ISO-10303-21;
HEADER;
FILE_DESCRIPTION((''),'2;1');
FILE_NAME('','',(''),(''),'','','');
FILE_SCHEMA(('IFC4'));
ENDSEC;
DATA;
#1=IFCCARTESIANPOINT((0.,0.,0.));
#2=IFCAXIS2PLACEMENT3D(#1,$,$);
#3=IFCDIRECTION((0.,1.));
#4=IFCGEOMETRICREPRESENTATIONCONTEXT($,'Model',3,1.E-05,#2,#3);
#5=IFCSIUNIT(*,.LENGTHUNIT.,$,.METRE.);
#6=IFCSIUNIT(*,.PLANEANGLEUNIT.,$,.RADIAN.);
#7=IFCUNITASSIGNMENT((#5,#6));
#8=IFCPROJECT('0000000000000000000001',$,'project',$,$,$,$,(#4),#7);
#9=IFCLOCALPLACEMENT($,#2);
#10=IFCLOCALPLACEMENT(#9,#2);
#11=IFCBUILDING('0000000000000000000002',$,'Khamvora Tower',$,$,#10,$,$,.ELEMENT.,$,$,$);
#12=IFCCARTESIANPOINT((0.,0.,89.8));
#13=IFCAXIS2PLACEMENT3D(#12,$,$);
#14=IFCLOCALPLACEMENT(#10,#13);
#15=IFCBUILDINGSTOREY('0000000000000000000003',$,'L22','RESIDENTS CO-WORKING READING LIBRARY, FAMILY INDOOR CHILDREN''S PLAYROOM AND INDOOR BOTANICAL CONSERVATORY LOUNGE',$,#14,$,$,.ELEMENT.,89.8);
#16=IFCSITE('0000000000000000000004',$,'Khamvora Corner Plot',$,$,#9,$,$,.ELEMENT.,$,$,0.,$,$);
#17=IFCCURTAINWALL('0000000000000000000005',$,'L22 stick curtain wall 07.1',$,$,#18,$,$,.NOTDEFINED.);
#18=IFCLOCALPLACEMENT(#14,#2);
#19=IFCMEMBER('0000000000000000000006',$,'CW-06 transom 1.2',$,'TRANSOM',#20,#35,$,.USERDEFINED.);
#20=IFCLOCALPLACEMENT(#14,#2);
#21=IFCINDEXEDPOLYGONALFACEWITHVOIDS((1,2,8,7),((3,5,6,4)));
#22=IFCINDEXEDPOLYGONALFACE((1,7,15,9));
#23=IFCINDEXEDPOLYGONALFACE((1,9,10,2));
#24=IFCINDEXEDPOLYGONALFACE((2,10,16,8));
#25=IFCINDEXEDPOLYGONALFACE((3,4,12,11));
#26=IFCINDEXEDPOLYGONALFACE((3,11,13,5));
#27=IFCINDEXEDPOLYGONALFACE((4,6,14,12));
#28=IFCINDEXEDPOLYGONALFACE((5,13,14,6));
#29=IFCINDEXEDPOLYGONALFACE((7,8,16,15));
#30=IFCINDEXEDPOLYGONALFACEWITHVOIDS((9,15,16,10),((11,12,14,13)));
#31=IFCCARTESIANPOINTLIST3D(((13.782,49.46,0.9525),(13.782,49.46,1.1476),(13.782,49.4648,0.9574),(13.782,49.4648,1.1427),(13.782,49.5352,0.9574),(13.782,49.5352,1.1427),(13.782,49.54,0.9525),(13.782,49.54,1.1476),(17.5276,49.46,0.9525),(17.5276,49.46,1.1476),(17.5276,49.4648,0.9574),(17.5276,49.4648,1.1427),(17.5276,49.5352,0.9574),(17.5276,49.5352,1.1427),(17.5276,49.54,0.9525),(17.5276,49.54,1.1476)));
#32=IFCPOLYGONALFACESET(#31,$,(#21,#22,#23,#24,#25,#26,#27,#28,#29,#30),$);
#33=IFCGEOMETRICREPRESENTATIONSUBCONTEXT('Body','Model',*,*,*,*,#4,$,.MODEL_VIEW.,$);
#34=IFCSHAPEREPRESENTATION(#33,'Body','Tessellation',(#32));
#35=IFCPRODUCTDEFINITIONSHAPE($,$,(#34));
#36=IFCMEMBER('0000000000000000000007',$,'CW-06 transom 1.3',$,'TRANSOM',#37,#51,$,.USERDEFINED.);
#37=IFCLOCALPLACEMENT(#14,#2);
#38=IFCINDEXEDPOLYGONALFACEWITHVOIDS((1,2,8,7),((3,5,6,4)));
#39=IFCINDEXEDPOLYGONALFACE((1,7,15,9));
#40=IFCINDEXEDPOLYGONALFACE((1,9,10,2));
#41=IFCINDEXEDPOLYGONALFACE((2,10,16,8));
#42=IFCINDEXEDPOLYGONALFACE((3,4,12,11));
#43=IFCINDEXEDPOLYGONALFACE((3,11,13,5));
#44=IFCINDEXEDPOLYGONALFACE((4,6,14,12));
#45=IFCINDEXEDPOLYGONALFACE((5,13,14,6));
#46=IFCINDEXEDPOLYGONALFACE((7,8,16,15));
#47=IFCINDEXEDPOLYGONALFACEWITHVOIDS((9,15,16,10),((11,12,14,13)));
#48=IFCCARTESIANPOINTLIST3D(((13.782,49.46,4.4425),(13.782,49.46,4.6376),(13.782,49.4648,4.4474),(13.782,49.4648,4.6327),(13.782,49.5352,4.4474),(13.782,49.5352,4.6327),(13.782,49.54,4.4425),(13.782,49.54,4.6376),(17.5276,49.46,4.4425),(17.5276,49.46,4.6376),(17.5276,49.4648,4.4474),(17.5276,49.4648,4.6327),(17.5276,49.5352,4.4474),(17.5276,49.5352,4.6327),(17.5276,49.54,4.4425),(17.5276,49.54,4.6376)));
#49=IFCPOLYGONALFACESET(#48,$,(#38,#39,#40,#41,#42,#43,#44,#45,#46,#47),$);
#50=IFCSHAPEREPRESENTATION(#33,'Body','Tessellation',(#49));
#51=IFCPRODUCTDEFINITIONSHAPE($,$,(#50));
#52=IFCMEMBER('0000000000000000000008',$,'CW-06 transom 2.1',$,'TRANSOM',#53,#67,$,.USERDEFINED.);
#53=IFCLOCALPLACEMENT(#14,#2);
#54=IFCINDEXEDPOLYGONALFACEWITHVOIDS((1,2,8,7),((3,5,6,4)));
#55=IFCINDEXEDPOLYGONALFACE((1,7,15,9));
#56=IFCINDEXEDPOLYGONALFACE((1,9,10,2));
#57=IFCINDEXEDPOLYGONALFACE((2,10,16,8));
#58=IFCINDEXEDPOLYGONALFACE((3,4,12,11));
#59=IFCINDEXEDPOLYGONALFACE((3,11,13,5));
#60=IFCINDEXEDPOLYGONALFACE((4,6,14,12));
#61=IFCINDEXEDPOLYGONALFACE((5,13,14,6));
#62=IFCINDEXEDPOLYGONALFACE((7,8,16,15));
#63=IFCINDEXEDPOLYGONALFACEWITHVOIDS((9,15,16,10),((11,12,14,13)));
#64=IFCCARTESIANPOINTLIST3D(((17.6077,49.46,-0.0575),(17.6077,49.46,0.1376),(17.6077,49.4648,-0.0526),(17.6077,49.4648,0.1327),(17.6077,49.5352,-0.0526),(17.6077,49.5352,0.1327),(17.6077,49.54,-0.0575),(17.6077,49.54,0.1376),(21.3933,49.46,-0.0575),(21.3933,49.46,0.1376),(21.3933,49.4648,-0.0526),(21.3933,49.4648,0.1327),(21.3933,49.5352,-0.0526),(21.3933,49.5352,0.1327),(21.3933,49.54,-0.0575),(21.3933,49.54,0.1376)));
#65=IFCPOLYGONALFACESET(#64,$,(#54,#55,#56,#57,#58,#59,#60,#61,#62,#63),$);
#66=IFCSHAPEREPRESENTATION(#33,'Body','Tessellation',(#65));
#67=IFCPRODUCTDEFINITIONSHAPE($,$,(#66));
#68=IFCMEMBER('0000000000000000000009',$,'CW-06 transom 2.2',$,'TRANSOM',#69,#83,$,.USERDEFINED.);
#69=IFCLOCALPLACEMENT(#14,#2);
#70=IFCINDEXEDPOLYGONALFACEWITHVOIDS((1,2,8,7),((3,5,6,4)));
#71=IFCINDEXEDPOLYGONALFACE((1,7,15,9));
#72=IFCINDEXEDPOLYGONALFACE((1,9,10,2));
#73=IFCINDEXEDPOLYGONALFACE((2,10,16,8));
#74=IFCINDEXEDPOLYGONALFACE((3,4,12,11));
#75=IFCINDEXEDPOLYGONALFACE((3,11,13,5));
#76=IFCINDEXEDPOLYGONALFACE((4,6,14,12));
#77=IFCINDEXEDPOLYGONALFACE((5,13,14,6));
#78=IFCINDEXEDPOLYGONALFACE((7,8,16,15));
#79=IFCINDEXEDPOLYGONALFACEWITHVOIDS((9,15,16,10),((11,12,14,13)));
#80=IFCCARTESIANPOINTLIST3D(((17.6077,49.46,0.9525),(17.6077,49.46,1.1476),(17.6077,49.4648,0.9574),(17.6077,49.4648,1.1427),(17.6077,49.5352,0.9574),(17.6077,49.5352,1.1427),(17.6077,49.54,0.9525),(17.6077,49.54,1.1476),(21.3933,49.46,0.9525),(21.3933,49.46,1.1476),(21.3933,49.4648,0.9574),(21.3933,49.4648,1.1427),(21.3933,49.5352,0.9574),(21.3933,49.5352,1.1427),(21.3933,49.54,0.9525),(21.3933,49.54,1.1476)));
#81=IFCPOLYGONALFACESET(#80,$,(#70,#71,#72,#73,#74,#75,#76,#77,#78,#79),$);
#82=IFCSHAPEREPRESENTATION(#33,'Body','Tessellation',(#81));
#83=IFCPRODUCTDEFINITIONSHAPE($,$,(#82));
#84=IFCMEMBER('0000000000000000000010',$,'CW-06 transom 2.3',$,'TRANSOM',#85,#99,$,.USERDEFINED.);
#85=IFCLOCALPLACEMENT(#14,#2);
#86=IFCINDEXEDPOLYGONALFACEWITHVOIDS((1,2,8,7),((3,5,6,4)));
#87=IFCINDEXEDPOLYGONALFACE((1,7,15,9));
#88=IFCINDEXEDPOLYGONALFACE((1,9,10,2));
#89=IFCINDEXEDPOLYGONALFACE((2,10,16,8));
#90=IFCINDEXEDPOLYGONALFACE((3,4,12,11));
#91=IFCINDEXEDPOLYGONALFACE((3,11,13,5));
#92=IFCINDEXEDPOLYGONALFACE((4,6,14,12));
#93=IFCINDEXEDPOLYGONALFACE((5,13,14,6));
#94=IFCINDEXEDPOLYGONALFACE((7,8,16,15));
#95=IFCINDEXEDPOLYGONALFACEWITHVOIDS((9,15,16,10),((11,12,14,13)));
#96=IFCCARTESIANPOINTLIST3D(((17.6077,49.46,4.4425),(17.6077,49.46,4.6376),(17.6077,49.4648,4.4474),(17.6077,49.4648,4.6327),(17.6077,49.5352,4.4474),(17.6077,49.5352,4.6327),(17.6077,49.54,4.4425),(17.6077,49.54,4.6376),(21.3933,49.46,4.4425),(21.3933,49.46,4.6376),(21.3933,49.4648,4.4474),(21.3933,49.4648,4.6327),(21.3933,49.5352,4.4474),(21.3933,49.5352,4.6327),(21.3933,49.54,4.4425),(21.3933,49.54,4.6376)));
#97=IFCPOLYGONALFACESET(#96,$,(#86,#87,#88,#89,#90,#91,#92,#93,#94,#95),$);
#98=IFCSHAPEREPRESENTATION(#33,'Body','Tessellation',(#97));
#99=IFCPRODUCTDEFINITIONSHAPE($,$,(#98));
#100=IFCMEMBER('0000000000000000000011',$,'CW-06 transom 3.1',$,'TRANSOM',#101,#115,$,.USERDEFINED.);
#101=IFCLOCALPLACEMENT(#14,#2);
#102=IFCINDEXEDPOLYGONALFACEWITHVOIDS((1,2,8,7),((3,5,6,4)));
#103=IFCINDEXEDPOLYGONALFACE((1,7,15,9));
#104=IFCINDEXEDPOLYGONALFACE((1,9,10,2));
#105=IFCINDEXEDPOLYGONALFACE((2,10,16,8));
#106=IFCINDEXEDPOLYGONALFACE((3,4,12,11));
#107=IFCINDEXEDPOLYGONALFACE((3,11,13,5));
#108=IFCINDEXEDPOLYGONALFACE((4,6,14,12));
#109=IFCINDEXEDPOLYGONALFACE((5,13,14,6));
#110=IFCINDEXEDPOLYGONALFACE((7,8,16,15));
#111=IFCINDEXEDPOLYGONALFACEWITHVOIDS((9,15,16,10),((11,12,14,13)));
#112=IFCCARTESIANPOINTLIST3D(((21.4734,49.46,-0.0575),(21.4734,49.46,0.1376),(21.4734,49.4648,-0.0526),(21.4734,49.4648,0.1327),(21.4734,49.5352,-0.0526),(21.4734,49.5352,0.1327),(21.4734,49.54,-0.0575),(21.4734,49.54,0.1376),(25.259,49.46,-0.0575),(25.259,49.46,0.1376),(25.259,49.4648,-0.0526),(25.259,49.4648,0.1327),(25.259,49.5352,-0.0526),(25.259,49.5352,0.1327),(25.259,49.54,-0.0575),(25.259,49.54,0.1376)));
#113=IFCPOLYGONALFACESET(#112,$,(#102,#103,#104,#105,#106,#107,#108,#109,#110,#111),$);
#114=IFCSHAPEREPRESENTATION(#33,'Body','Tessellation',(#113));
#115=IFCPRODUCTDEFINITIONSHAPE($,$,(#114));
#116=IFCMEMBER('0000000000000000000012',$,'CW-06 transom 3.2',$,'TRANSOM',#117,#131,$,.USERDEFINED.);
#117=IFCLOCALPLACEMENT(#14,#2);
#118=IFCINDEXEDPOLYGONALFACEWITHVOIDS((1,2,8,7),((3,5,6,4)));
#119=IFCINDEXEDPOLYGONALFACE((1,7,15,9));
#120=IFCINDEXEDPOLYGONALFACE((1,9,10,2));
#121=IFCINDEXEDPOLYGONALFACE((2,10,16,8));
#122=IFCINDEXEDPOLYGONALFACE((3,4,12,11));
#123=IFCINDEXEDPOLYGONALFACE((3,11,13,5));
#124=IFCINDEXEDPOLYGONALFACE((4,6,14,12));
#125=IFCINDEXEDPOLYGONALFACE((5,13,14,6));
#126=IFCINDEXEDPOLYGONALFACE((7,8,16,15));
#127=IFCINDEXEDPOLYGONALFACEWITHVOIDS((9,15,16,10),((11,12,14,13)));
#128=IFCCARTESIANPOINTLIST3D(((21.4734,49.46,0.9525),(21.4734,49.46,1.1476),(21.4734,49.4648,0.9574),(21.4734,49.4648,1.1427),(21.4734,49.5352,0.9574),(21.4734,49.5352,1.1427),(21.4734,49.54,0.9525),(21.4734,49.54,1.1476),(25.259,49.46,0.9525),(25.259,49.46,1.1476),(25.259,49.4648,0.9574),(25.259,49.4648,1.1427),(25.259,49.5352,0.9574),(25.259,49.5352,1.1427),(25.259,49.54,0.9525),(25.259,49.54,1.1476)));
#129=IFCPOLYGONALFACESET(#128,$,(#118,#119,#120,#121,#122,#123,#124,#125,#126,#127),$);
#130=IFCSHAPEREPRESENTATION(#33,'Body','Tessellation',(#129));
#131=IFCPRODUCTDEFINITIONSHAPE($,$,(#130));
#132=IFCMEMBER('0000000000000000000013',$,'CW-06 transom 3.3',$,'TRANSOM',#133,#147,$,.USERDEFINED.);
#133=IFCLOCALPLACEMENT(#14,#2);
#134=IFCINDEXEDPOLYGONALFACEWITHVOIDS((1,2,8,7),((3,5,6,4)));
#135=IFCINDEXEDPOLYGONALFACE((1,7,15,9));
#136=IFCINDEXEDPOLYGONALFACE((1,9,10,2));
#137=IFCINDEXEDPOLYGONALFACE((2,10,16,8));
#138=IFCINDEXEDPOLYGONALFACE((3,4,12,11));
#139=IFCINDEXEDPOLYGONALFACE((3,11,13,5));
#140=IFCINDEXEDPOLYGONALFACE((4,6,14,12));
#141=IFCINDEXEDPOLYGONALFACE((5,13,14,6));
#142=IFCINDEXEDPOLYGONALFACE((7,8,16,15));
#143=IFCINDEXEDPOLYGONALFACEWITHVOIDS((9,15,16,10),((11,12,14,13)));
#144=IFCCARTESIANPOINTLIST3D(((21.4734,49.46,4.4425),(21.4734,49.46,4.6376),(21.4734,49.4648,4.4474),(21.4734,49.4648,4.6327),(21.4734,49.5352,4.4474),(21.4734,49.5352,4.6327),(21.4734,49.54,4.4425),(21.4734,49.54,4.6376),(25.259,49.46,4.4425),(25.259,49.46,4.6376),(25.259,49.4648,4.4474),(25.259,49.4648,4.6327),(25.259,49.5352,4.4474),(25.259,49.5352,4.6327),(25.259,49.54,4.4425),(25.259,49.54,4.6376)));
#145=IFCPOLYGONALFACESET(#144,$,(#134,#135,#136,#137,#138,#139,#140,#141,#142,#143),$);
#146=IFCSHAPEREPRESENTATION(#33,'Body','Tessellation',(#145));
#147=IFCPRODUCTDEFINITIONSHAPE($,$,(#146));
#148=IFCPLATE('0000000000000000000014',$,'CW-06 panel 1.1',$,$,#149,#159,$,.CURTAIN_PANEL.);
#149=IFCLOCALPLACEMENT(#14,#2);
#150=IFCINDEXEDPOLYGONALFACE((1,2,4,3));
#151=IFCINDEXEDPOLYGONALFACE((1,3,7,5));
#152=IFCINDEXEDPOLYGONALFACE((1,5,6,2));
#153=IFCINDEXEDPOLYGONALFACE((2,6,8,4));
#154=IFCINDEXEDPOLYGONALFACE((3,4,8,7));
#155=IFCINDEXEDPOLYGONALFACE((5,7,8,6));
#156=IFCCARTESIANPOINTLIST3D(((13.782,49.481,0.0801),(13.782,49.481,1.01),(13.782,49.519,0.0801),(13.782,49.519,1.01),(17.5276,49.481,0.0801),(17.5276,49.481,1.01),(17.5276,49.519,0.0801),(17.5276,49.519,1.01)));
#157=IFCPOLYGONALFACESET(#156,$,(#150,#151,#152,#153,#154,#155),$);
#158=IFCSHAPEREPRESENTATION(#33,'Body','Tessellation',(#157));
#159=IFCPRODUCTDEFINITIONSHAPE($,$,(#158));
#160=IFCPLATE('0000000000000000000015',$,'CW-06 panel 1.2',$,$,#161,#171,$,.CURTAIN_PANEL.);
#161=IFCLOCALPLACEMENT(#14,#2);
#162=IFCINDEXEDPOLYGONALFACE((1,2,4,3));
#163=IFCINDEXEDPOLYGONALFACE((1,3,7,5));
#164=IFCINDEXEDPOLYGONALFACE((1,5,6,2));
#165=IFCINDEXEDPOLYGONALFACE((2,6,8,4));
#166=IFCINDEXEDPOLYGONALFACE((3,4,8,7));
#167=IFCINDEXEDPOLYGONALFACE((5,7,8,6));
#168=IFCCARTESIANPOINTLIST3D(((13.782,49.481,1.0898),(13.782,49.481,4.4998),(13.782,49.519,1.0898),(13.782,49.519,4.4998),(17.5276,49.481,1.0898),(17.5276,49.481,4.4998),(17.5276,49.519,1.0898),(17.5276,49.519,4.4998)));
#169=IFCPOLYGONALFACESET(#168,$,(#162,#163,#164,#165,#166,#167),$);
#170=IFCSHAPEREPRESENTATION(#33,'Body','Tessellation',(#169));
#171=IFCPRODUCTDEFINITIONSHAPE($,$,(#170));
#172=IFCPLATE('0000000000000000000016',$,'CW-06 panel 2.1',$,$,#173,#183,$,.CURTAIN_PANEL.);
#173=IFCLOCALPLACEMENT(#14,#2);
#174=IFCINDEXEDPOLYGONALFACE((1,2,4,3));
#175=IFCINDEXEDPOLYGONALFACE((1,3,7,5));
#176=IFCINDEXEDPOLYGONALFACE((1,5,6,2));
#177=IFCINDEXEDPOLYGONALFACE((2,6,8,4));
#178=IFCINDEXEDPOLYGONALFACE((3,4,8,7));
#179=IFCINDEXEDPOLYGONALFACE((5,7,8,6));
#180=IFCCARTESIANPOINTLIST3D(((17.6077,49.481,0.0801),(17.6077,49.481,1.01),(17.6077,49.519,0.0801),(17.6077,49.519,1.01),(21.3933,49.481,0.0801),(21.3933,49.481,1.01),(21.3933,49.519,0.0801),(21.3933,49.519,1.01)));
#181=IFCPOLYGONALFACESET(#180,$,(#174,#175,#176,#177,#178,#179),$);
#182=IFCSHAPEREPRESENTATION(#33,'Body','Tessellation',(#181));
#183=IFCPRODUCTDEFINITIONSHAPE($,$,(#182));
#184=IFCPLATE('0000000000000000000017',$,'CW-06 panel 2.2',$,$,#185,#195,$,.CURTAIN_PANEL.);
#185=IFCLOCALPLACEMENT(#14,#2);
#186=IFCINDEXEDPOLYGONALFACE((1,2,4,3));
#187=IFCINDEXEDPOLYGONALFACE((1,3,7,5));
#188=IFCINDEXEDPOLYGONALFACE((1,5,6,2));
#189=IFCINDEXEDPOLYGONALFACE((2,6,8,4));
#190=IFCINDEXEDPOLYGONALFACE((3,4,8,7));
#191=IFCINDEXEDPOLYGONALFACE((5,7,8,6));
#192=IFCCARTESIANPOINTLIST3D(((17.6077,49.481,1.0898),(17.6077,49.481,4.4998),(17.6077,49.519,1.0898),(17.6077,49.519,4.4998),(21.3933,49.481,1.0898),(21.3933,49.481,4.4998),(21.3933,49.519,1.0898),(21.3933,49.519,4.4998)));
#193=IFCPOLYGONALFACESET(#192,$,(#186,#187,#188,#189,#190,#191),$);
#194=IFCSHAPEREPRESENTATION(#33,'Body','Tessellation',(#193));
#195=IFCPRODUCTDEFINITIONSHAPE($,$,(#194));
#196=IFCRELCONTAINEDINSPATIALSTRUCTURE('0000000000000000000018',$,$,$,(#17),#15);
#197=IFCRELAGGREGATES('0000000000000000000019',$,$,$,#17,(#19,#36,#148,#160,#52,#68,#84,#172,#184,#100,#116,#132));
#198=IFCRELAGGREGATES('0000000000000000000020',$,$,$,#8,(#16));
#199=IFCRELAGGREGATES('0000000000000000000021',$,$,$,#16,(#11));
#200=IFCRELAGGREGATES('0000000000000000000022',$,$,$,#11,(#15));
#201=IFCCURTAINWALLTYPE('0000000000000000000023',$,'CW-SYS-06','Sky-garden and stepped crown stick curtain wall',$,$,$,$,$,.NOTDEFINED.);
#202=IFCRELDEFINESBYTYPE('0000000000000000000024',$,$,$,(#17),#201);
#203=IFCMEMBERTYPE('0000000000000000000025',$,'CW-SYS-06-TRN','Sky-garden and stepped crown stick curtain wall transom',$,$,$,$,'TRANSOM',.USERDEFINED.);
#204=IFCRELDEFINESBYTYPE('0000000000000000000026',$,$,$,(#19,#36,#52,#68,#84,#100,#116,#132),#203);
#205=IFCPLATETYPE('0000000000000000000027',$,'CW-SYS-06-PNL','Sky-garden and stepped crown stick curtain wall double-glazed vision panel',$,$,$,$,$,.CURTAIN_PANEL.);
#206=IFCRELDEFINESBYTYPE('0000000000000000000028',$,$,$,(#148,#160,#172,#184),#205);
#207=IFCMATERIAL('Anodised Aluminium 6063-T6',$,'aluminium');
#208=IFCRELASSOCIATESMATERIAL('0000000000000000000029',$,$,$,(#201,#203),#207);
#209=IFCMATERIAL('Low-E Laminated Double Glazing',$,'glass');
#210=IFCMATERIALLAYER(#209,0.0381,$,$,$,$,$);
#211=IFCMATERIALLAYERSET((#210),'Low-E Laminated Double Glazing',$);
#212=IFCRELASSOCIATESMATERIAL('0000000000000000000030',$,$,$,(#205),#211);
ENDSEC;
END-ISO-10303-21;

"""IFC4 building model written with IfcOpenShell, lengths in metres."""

from ifc_helpers import new_model, si_unit, direction, frame, origin, origin_2d, place, context, subcontext, project, spatial, rectangle, hollow_rectangle, extrude, material, layer, layer_set, material_profile, profile_set, type_object, element, aggregate, save


model = new_model("IFC4")

# Units and contexts
model_context = context("Model", 3, precision=1e-05, world=origin(), true_north=direction((0.0, 1.0)))
body_context = subcontext(model_context, "Body", "Model", "MODEL_VIEW")
ifc_project = project(units=[si_unit("LENGTHUNIT", "METRE"), si_unit("PLANEANGLEUNIT", "RADIAN")], contexts=[model_context])

# Site, building, storey
site_placement = place(None, origin())
site = spatial("IfcSite", under=ifc_project, at=site_placement, Name="Khamvora Corner Plot", CompositionType="ELEMENT", RefElevation=0.0)
building_placement = place(site_placement, origin())
building = spatial("IfcBuilding", under=site, at=building_placement, Name="Khamvora Tower", CompositionType="ELEMENT")
storey_placement = place(building_placement, frame((0.0, 0.0, 89.8)))
storey = spatial("IfcBuildingStorey", under=building, at=storey_placement, Name="L22", Description="RESIDENTS CO-WORKING READING LIBRARY, FAMILY INDOOR CHILDREN'S PLAYROOM AND INDOOR BOTANICAL CONSERVATORY LOUNGE", CompositionType="ELEMENT", Elevation=89.8)

# Curtain wall, members, plates
ifc_material_1 = material(Name="Anodised Aluminium 6063-T6", Category="aluminium")
curtain_wall_type = type_object("IfcCurtainWallType", Name="CW-SYS-06", Description="Sky-garden and stepped crown stick curtain wall", PredefinedType="NOTDEFINED", material=ifc_material_1)
curtain_wall_placement = place(storey_placement, origin())
curtain_wall = element("IfcCurtainWall", 1, at=curtain_wall_placement, inside=storey, type_object=curtain_wall_type, Name="L22 stick curtain wall 07.1", PredefinedType="NOTDEFINED")
ifc_material_profile_1 = material_profile(ifc_material_1, hollow_rectangle(XDim=0.0801, YDim=0.1951, WallThickness=0.0049, at=origin_2d()), Name="TRN80x195x5")
ifc_profile_set_1 = profile_set([ifc_material_profile_1], Name="Anodised Aluminium 6063-T6")
member_type_1 = type_object("IfcMemberType", Name="CW-SYS-06-TRN", Description="Sky-garden and stepped crown stick curtain wall transom", ElementType="TRANSOM", PredefinedType="USERDEFINED", material=ifc_profile_set_1)
member_1_placement = place(storey_placement, frame((13.782, 49.5, 1.05), z_axis=(1.0, 0.0, 0.0), x_axis=(0.0, 1.0, 0.0)))
member_1 = element("IfcMember", 2, at=member_1_placement, type_object=member_type_1, Name="CW-06 transom 1.2", ObjectType="TRANSOM", PredefinedType="USERDEFINED", context=body_context, shape_type="SweptSolid", body=[
    extrude(hollow_rectangle(XDim=0.0801, YDim=0.1951, WallThickness=0.0049, at=origin_2d()), origin(), (0.0, 0.0, 1.0), 3.7456),
])
member_2_placement = place(storey_placement, frame((13.782, 49.5, 4.54), z_axis=(1.0, 0.0, 0.0), x_axis=(0.0, 1.0, 0.0)))
member_2 = element("IfcMember", 3, at=member_2_placement, type_object=member_type_1, Name="CW-06 transom 1.3", ObjectType="TRANSOM", PredefinedType="USERDEFINED", context=body_context, shape_type="SweptSolid", body=[
    extrude(hollow_rectangle(XDim=0.0801, YDim=0.1951, WallThickness=0.0049, at=origin_2d()), origin(), (0.0, 0.0, 1.0), 3.7456),
])
member_3_placement = place(storey_placement, frame((17.6077, 49.5, 0.04), z_axis=(1.0, 0.0, 0.0), x_axis=(0.0, 1.0, 0.0)))
member_3 = element("IfcMember", 4, at=member_3_placement, type_object=member_type_1, Name="CW-06 transom 2.1", ObjectType="TRANSOM", PredefinedType="USERDEFINED", context=body_context, shape_type="SweptSolid", body=[
    extrude(hollow_rectangle(XDim=0.0801, YDim=0.1951, WallThickness=0.0049, at=origin_2d()), origin(), (0.0, 0.0, 1.0), 3.7856),
])
member_4_placement = place(storey_placement, frame((17.6077, 49.5, 1.05), z_axis=(1.0, 0.0, 0.0), x_axis=(0.0, 1.0, 0.0)))
member_4 = element("IfcMember", 5, at=member_4_placement, type_object=member_type_1, Name="CW-06 transom 2.2", ObjectType="TRANSOM", PredefinedType="USERDEFINED", context=body_context, shape_type="SweptSolid", body=[
    extrude(hollow_rectangle(XDim=0.0801, YDim=0.1951, WallThickness=0.0049, at=origin_2d()), origin(), (0.0, 0.0, 1.0), 3.7856),
])
member_5_placement = place(storey_placement, frame((17.6077, 49.5, 4.54), z_axis=(1.0, 0.0, 0.0), x_axis=(0.0, 1.0, 0.0)))
member_5 = element("IfcMember", 6, at=member_5_placement, type_object=member_type_1, Name="CW-06 transom 2.3", ObjectType="TRANSOM", PredefinedType="USERDEFINED", context=body_context, shape_type="SweptSolid", body=[
    extrude(hollow_rectangle(XDim=0.0801, YDim=0.1951, WallThickness=0.0049, at=origin_2d()), origin(), (0.0, 0.0, 1.0), 3.7856),
])
member_6_placement = place(storey_placement, frame((21.4734, 49.5, 0.04), z_axis=(1.0, 0.0, 0.0), x_axis=(0.0, 1.0, 0.0)))
member_6 = element("IfcMember", 7, at=member_6_placement, type_object=member_type_1, Name="CW-06 transom 3.1", ObjectType="TRANSOM", PredefinedType="USERDEFINED", context=body_context, shape_type="SweptSolid", body=[
    extrude(hollow_rectangle(XDim=0.0801, YDim=0.1951, WallThickness=0.0049, at=origin_2d()), origin(), (0.0, 0.0, 1.0), 3.7856),
])
member_7_placement = place(storey_placement, frame((21.4734, 49.5, 1.05), z_axis=(1.0, 0.0, 0.0), x_axis=(0.0, 1.0, 0.0)))
member_7 = element("IfcMember", 8, at=member_7_placement, type_object=member_type_1, Name="CW-06 transom 3.2", ObjectType="TRANSOM", PredefinedType="USERDEFINED", context=body_context, shape_type="SweptSolid", body=[
    extrude(hollow_rectangle(XDim=0.0801, YDim=0.1951, WallThickness=0.0049, at=origin_2d()), origin(), (0.0, 0.0, 1.0), 3.7856),
])
member_8_placement = place(storey_placement, frame((21.4734, 49.5, 4.54), z_axis=(1.0, 0.0, 0.0), x_axis=(0.0, 1.0, 0.0)))
member_8 = element("IfcMember", 9, at=member_8_placement, type_object=member_type_1, Name="CW-06 transom 3.3", ObjectType="TRANSOM", PredefinedType="USERDEFINED", context=body_context, shape_type="SweptSolid", body=[
    extrude(hollow_rectangle(XDim=0.0801, YDim=0.1951, WallThickness=0.0049, at=origin_2d()), origin(), (0.0, 0.0, 1.0), 3.7856),
])
ifc_material_2 = material(Name="Low-E Laminated Double Glazing", Category="glass")
ifc_layer_1 = layer(ifc_material_2, 0.0381)
ifc_layer_set_1 = layer_set([ifc_layer_1], Name="Low-E Laminated Double Glazing")
plate_type_1 = type_object("IfcPlateType", Name="CW-SYS-06-PNL", Description="Sky-garden and stepped crown stick curtain wall double-glazed vision panel", PredefinedType="CURTAIN_PANEL", material=ifc_layer_set_1)
plate_1_placement = place(storey_placement, frame((15.6548, 49.5, 0.0801), z_axis=(0.0, 0.0, 1.0), x_axis=(1.0, 0.0, 0.0)))
plate_1 = element("IfcPlate", 10, at=plate_1_placement, type_object=plate_type_1, Name="CW-06 panel 1.1", PredefinedType="CURTAIN_PANEL", context=body_context, shape_type="SweptSolid", body=[
    extrude(rectangle(XDim=3.7456, YDim=0.0381, at=origin_2d()), origin(), (0.0, 0.0, 1.0), 0.9299),
])
plate_2_placement = place(storey_placement, frame((15.6548, 49.5, 1.0898), z_axis=(0.0, 0.0, 1.0), x_axis=(1.0, 0.0, 0.0)))
plate_2 = element("IfcPlate", 11, at=plate_2_placement, type_object=plate_type_1, Name="CW-06 panel 1.2", PredefinedType="CURTAIN_PANEL", context=body_context, shape_type="SweptSolid", body=[
    extrude(rectangle(XDim=3.7456, YDim=0.0381, at=origin_2d()), origin(), (0.0, 0.0, 1.0), 3.4099),
])
plate_3_placement = place(storey_placement, frame((19.5005, 49.5, 0.0801), z_axis=(0.0, 0.0, 1.0), x_axis=(1.0, 0.0, 0.0)))
plate_3 = element("IfcPlate", 12, at=plate_3_placement, type_object=plate_type_1, Name="CW-06 panel 2.1", PredefinedType="CURTAIN_PANEL", context=body_context, shape_type="SweptSolid", body=[
    extrude(rectangle(XDim=3.7856, YDim=0.0381, at=origin_2d()), origin(), (0.0, 0.0, 1.0), 0.9299),
])
plate_4_placement = place(storey_placement, frame((19.5005, 49.5, 1.0898), z_axis=(0.0, 0.0, 1.0), x_axis=(1.0, 0.0, 0.0)))
plate_4 = element("IfcPlate", 13, at=plate_4_placement, type_object=plate_type_1, Name="CW-06 panel 2.2", PredefinedType="CURTAIN_PANEL", context=body_context, shape_type="SweptSolid", body=[
    extrude(rectangle(XDim=3.7856, YDim=0.0381, at=origin_2d()), origin(), (0.0, 0.0, 1.0), 3.4099),
])
aggregate(curtain_wall, [member_1, member_2, plate_1, plate_2, member_3, member_4, member_5, plate_3, plate_4, member_6, member_7, member_8])

save(model, "model.ifc")
